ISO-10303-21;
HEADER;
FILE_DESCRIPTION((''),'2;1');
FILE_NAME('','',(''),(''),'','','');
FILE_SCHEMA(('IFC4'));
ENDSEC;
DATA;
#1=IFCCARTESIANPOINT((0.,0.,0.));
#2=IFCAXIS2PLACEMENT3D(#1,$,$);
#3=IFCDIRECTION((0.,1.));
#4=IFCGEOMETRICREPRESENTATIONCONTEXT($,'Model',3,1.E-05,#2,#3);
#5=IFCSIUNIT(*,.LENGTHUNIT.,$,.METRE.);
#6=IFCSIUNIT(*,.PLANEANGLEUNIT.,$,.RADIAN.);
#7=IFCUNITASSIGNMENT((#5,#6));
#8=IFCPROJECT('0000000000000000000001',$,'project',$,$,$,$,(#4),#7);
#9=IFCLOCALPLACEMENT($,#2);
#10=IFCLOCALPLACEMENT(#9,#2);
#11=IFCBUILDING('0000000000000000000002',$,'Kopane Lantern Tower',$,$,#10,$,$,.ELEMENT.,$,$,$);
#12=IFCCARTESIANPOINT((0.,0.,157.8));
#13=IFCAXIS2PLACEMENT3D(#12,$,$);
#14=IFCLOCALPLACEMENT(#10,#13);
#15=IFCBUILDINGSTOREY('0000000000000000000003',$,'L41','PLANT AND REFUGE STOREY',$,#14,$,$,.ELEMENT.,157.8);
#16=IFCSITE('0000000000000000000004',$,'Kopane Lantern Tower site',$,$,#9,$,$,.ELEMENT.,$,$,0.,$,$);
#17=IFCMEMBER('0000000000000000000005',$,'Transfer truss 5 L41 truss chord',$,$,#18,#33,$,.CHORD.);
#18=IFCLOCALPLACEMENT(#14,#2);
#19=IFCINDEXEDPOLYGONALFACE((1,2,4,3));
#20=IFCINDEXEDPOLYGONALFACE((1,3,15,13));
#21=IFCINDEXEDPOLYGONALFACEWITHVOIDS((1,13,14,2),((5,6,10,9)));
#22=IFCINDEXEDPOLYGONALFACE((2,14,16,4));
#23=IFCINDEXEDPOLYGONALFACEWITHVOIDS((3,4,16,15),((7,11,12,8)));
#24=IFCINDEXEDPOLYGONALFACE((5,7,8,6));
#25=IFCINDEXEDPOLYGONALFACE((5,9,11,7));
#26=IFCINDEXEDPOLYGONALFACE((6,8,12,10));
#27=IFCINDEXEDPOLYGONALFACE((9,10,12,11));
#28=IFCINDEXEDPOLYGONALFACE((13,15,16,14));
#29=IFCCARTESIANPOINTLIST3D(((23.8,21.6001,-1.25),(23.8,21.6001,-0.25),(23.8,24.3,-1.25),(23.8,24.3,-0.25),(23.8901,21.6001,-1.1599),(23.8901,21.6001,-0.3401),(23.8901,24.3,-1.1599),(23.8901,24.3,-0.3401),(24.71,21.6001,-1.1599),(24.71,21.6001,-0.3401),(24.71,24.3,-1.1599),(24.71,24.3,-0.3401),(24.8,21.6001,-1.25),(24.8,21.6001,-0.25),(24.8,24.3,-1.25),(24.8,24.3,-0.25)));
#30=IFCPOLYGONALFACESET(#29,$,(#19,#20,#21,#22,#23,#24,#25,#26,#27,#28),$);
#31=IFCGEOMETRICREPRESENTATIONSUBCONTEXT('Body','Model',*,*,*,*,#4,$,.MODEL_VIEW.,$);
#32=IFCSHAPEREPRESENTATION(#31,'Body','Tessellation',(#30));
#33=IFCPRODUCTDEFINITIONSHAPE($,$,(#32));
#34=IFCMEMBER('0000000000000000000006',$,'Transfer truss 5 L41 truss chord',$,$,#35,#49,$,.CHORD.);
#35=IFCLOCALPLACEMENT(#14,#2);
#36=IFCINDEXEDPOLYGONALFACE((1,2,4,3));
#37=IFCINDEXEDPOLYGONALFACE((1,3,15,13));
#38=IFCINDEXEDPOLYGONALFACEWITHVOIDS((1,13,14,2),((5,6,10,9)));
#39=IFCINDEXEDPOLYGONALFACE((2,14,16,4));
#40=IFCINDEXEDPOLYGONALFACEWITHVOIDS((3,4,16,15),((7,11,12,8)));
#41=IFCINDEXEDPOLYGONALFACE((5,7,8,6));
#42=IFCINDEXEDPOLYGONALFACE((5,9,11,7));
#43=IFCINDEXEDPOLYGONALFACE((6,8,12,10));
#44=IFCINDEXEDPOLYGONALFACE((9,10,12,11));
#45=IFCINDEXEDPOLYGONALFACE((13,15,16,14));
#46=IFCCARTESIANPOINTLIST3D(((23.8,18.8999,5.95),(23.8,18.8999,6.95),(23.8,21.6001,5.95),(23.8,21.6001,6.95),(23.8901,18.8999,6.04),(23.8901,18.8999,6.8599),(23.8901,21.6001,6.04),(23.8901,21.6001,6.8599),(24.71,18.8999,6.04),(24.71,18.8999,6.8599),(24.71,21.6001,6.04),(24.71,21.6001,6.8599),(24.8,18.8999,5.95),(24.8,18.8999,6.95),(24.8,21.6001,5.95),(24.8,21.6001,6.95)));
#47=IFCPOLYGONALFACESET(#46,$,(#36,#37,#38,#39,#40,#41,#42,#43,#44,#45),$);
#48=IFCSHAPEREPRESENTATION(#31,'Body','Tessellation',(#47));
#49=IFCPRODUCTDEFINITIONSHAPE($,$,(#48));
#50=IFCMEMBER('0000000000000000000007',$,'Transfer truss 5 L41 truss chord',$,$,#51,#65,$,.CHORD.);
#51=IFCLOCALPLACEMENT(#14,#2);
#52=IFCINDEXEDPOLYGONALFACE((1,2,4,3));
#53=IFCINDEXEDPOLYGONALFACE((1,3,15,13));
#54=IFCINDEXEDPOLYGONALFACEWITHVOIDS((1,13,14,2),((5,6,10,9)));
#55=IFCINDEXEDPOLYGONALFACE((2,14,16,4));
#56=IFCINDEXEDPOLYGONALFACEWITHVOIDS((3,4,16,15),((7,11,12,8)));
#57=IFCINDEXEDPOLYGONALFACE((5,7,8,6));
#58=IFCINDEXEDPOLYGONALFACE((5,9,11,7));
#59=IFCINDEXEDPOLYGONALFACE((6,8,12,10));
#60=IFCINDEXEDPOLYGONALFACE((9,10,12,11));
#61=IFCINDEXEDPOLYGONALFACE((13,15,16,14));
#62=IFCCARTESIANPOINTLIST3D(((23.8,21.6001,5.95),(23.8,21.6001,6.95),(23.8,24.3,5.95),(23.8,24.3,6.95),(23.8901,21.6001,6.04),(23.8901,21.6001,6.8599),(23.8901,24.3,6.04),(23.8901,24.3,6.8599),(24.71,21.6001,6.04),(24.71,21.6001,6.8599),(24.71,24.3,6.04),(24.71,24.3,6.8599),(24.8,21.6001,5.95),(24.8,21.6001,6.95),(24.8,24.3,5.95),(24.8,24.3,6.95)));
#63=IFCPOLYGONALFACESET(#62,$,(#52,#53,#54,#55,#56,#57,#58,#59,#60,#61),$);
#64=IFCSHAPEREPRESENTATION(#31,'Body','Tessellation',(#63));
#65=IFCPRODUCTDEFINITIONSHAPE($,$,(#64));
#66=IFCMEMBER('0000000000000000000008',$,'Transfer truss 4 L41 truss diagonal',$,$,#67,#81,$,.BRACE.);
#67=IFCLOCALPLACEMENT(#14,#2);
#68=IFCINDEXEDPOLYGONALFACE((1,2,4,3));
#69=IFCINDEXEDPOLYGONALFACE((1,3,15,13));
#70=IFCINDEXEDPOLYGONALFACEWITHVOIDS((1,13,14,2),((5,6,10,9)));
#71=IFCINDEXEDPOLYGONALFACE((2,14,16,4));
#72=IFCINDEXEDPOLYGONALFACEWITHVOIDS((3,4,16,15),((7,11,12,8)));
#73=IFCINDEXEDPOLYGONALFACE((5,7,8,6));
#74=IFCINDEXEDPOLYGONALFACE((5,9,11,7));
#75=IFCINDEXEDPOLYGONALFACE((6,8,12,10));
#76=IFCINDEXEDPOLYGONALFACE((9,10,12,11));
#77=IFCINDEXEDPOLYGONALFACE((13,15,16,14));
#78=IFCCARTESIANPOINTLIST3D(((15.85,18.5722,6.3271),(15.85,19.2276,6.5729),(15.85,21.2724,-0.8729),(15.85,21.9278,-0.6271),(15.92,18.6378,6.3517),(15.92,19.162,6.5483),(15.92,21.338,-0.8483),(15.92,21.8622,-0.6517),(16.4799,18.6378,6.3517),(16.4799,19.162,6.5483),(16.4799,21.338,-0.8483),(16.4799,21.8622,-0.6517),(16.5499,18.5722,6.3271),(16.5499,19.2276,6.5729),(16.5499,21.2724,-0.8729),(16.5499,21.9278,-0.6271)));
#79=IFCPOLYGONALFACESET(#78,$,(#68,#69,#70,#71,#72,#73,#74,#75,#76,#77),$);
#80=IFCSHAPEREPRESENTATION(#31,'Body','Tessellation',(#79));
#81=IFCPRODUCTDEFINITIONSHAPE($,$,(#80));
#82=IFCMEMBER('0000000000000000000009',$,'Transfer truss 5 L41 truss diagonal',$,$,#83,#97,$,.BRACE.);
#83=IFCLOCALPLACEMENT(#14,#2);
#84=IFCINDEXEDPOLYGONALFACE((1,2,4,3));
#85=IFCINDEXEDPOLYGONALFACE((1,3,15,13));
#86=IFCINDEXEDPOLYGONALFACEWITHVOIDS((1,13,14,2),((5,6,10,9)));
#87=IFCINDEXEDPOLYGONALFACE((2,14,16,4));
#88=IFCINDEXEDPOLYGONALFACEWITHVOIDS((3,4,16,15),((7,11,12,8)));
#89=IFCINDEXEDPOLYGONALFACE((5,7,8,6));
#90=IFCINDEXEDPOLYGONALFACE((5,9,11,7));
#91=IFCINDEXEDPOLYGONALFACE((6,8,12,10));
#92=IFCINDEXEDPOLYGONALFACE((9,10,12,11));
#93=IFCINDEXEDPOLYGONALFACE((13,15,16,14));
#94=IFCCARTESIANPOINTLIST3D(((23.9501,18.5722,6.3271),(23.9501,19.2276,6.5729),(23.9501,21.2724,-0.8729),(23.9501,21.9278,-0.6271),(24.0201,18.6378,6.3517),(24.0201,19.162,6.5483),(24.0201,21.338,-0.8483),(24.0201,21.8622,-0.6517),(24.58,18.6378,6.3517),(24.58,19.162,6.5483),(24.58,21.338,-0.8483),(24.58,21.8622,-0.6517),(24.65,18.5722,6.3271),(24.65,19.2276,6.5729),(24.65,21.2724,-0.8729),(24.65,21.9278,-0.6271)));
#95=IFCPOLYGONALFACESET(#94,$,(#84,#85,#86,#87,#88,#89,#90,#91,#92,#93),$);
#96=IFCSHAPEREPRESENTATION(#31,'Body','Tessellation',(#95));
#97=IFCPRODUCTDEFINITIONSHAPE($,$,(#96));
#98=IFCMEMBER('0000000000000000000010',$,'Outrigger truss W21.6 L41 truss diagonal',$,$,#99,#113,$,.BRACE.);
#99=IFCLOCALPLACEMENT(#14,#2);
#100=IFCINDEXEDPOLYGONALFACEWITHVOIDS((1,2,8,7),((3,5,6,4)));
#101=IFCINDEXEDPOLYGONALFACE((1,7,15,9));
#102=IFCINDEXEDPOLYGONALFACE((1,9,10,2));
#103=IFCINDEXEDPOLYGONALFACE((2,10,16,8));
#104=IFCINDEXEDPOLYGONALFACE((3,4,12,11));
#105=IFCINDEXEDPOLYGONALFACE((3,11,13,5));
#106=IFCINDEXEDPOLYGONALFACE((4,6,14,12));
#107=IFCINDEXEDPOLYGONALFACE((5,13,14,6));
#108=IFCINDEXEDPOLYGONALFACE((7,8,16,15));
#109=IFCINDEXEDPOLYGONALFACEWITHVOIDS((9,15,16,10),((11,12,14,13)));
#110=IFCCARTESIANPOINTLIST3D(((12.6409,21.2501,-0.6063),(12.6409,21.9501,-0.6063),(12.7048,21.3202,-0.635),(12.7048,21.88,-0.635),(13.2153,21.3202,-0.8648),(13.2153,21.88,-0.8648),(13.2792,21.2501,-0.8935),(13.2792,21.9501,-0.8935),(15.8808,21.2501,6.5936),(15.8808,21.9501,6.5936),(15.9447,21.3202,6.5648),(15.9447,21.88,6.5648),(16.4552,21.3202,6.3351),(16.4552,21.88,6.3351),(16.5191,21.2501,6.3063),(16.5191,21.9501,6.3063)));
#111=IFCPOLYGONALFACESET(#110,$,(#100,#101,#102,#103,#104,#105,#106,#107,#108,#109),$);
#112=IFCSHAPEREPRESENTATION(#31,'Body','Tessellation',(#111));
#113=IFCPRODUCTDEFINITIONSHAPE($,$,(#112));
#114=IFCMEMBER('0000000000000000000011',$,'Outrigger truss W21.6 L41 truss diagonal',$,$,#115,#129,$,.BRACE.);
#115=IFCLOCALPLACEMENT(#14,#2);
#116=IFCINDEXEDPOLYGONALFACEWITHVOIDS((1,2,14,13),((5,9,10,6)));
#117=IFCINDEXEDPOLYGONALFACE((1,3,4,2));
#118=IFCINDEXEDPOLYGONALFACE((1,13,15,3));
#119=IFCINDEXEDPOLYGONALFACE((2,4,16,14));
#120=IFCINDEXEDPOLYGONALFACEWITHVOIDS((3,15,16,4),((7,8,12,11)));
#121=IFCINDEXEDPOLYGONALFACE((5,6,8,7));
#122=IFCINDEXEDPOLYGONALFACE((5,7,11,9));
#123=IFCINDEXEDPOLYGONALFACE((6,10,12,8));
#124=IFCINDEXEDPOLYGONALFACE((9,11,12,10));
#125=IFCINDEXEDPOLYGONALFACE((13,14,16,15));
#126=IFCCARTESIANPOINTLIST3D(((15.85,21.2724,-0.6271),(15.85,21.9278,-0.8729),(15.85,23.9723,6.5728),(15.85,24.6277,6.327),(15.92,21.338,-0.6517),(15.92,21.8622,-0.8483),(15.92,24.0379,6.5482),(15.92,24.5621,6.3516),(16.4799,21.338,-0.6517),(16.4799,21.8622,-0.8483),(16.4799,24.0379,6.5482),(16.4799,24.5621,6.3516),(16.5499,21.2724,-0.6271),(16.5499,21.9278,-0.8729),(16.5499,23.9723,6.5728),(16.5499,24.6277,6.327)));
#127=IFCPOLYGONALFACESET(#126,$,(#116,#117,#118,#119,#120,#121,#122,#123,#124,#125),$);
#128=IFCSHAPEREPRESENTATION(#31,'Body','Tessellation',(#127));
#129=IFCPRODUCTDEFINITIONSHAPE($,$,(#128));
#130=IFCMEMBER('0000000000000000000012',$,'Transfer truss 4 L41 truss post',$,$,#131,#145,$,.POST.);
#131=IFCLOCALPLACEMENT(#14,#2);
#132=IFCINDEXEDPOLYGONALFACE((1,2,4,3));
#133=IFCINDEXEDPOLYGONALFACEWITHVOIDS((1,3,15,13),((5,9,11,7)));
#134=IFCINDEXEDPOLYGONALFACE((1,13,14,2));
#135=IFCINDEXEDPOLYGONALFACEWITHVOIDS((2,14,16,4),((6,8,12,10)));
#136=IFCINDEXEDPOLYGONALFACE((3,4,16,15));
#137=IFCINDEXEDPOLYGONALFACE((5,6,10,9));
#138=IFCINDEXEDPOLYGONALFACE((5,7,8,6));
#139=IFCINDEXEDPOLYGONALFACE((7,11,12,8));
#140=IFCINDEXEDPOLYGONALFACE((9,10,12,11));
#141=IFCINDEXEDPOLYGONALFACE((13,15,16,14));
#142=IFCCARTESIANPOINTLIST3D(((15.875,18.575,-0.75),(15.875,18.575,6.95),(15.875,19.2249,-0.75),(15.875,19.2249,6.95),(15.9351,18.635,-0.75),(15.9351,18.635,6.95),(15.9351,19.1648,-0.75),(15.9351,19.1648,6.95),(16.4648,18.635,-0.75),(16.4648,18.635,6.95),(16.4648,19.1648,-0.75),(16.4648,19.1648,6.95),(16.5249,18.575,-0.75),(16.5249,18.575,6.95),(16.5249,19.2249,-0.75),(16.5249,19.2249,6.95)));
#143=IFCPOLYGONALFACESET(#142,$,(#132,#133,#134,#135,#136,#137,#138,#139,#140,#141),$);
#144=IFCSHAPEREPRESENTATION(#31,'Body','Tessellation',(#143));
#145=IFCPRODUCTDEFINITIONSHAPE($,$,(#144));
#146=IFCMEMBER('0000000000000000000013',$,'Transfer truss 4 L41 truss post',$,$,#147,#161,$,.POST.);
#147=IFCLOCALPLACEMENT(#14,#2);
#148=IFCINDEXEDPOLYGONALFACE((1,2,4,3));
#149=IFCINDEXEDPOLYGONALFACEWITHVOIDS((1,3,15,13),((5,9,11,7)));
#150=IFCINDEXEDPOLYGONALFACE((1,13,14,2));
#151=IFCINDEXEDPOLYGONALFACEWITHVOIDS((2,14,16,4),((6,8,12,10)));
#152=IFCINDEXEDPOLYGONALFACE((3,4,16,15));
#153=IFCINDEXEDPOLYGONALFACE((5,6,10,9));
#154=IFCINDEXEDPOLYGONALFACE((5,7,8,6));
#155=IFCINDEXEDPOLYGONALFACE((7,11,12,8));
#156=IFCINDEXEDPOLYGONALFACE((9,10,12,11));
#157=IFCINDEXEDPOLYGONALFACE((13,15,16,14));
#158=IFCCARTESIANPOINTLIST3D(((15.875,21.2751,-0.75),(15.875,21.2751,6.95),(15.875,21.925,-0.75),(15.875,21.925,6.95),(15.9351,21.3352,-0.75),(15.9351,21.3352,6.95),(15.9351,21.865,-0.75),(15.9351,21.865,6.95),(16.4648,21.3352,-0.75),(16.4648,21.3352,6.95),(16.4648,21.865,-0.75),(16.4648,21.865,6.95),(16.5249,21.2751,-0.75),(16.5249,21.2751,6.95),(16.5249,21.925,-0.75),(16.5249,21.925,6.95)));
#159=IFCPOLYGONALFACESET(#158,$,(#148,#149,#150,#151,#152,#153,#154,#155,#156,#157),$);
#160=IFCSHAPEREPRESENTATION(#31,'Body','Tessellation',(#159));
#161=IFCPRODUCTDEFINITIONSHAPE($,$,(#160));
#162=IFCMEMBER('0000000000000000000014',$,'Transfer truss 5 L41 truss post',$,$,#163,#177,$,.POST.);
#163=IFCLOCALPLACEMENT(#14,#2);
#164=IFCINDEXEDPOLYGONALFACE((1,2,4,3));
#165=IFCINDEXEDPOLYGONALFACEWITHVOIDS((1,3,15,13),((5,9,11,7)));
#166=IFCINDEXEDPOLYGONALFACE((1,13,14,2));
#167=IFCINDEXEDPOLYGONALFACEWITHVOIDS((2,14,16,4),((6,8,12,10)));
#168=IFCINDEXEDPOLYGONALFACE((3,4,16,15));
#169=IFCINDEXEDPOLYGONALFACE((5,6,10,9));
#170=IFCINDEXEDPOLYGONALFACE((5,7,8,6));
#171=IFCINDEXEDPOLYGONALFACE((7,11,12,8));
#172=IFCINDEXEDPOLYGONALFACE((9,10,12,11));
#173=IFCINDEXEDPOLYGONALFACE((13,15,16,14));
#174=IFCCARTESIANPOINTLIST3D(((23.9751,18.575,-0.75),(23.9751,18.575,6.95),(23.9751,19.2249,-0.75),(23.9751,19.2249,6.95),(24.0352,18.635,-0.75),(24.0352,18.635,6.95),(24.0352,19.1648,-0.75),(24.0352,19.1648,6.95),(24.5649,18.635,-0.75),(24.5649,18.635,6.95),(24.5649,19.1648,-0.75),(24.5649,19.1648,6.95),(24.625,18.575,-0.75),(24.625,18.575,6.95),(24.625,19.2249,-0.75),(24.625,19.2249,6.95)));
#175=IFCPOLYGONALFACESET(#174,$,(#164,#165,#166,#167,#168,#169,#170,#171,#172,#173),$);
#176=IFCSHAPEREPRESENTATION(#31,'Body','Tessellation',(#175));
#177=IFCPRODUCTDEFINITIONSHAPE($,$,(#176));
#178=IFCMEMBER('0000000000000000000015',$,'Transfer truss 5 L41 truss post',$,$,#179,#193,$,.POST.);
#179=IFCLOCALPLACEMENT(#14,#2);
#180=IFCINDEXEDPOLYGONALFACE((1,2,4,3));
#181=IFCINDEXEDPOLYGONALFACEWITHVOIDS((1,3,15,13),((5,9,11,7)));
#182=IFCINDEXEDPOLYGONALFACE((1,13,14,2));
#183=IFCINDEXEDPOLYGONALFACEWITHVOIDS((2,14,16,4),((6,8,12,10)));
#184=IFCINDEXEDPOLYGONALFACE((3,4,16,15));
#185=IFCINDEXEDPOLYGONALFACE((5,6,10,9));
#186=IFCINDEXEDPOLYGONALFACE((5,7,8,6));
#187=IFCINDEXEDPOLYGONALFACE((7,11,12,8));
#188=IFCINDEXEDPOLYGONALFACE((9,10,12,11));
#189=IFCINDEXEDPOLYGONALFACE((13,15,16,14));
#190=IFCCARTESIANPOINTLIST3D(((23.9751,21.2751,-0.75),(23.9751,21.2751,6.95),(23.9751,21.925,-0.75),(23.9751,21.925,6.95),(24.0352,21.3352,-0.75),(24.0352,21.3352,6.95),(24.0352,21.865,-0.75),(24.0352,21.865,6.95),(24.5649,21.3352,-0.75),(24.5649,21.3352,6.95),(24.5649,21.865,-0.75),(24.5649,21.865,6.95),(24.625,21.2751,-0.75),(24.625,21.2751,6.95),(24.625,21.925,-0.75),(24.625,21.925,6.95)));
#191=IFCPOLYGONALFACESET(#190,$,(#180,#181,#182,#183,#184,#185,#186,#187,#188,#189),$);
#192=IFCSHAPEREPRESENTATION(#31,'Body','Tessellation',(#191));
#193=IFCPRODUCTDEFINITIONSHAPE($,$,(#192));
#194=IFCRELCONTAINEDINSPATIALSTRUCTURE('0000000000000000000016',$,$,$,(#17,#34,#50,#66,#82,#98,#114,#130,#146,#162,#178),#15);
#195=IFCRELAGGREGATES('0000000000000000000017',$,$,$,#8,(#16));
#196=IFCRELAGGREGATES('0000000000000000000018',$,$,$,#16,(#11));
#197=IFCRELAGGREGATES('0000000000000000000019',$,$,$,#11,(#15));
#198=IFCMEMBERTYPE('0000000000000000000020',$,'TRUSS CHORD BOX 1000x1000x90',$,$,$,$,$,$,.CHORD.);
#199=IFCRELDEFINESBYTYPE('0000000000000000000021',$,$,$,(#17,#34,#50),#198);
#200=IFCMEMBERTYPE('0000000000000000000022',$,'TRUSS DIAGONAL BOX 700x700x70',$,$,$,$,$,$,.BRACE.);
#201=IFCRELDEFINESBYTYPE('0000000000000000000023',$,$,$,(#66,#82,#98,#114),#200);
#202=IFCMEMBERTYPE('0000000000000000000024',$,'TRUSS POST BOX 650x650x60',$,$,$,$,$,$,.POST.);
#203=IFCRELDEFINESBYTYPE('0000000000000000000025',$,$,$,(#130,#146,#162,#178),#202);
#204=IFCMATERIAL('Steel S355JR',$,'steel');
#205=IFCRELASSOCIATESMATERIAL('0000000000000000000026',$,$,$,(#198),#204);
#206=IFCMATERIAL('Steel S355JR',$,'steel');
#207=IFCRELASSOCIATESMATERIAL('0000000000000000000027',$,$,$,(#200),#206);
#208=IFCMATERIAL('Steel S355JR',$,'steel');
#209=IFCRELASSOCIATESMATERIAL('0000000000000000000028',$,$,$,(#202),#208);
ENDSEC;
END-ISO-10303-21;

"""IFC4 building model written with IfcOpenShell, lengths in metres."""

from ifc_helpers import new_model, si_unit, direction, frame, origin, origin_2d, place, context, subcontext, project, spatial, hollow_rectangle, extrude, material, material_profile, profile_set, type_object, element, save


model = new_model("IFC4")

# Units and contexts
model_context = context("Model", 3, precision=1e-05, world=origin(), true_north=direction((0.0, 1.0)))
body_context = subcontext(model_context, "Body", "Model", "MODEL_VIEW")
ifc_project = project(units=[si_unit("LENGTHUNIT", "METRE"), si_unit("PLANEANGLEUNIT", "RADIAN")], contexts=[model_context])

# Site, building, storey
site_placement = place(None, origin())
site = spatial("IfcSite", under=ifc_project, at=site_placement, Name="Kopane Lantern Tower site", CompositionType="ELEMENT", RefElevation=0.0)
building_placement = place(site_placement, origin())
building = spatial("IfcBuilding", under=site, at=building_placement, Name="Kopane Lantern Tower", CompositionType="ELEMENT")
storey_placement = place(building_placement, frame((0.0, 0.0, 157.8)))
storey = spatial("IfcBuildingStorey", under=building, at=storey_placement, Name="L41", Description="PLANT AND REFUGE STOREY", CompositionType="ELEMENT", Elevation=157.8)

# Members
ifc_material_1 = material(Name="Steel S355JR", Category="steel")
ifc_material_profile_1 = material_profile(ifc_material_1, hollow_rectangle(XDim=1.0, YDim=1.0, WallThickness=0.0901, at=origin_2d()), Name="BOX 1000x1000x90")
ifc_profile_set_1 = profile_set([ifc_material_profile_1], Name="Steel S355JR")
member_type_1 = type_object("IfcMemberType", Name="TRUSS CHORD BOX 1000x1000x90", PredefinedType="CHORD", material=ifc_profile_set_1)
member_1_placement = place(storey_placement, frame((24.3, 21.6001, -0.75), z_axis=(0.0, 1.0, 0.0), x_axis=(-1.0, 0.0, 0.0)))
element("IfcMember", 1, at=member_1_placement, inside=storey, type_object=member_type_1, Name="Transfer truss 5 L41 truss chord", PredefinedType="CHORD", context=body_context, shape_type="SweptSolid", body=[
    extrude(hollow_rectangle(XDim=1.0, YDim=1.0, WallThickness=0.0901, at=origin_2d()), origin(), (0.0, 0.0, 1.0), 2.7),
])
member_2_placement = place(storey_placement, frame((24.3, 18.8999, 6.45), z_axis=(0.0, 1.0, 0.0), x_axis=(-1.0, 0.0, 0.0)))
element("IfcMember", 2, at=member_2_placement, inside=storey, type_object=member_type_1, Name="Transfer truss 5 L41 truss chord", PredefinedType="CHORD", context=body_context, shape_type="SweptSolid", body=[
    extrude(hollow_rectangle(XDim=1.0, YDim=1.0, WallThickness=0.0901, at=origin_2d()), origin(), (0.0, 0.0, 1.0), 2.7002),
])
member_3_placement = place(storey_placement, frame((24.3, 21.6001, 6.45), z_axis=(0.0, 1.0, 0.0), x_axis=(-1.0, 0.0, 0.0)))
element("IfcMember", 3, at=member_3_placement, inside=storey, type_object=member_type_1, Name="Transfer truss 5 L41 truss chord", PredefinedType="CHORD", context=body_context, shape_type="SweptSolid", body=[
    extrude(hollow_rectangle(XDim=1.0, YDim=1.0, WallThickness=0.0901, at=origin_2d()), origin(), (0.0, 0.0, 1.0), 2.7),
])
ifc_material_2 = material(Name="Steel S355JR", Category="steel")
ifc_material_profile_2 = material_profile(ifc_material_2, hollow_rectangle(XDim=0.7, YDim=0.7, WallThickness=0.0701, at=origin_2d()), Name="BOX 700x700x70")
ifc_profile_set_2 = profile_set([ifc_material_profile_2], Name="Steel S355JR")
member_type_2 = type_object("IfcMemberType", Name="TRUSS DIAGONAL BOX 700x700x70", PredefinedType="BRACE", material=ifc_profile_set_2)
for number, where, z_axis, x_axis, name in (
    (4, (16.2, 21.6001, -0.75), (0.0, -0.351148, 0.93632), (1.0, 0.0, 0.0), "Transfer truss 4 L41 truss diagonal"),
    (5, (24.3, 21.6001, -0.75), (0.0, -0.351148, 0.93632), (1.0, 0.0, 0.0), "Transfer truss 5 L41 truss diagonal"),
):
    element("IfcMember", number, at=place(storey_placement, frame(where, z_axis=z_axis, x_axis=x_axis)), inside=storey, type_object=member_type_2, Name=name, PredefinedType="BRACE", context=body_context, shape_type="SweptSolid", body=[
        extrude(hollow_rectangle(XDim=0.7, YDim=0.7, WallThickness=0.0701, at=origin_2d()), origin(), (0.0, 0.0, 1.0), 7.6897),
    ])
member_4_placement = place(storey_placement, frame((16.2, 21.6001, 6.45), z_axis=(-0.410366, 0.0, -0.911921), x_axis=(0.0, -1.0, 0.0)))
element("IfcMember", 6, at=member_4_placement, inside=storey, type_object=member_type_2, Name="Outrigger truss W21.6 L41 truss diagonal", PredefinedType="BRACE", context=body_context, shape_type="SweptSolid", body=[
    extrude(hollow_rectangle(XDim=0.7, YDim=0.7, WallThickness=0.0701, at=origin_2d()), origin(), (0.0, 0.0, 1.0), 7.8953),
])
member_5_placement = place(storey_placement, frame((16.2, 21.6001, -0.75), z_axis=(0.0, 0.35112, 0.93633), x_axis=(-1.0, 0.0, 0.0)))
element("IfcMember", 7, at=member_5_placement, inside=storey, type_object=member_type_2, Name="Outrigger truss W21.6 L41 truss diagonal", PredefinedType="BRACE", context=body_context, shape_type="SweptSolid", body=[
    extrude(hollow_rectangle(XDim=0.7, YDim=0.7, WallThickness=0.0701, at=origin_2d()), origin(), (0.0, 0.0, 1.0), 7.6895),
])
ifc_material_3 = material(Name="Steel S355JR", Category="steel")
ifc_material_profile_3 = material_profile(ifc_material_3, hollow_rectangle(XDim=0.6499, YDim=0.6499, WallThickness=0.0601, at=origin_2d()), Name="BOX 650x650x60")
ifc_profile_set_3 = profile_set([ifc_material_profile_3], Name="Steel S355JR")
member_type_3 = type_object("IfcMemberType", Name="TRUSS POST BOX 650x650x60", PredefinedType="POST", material=ifc_profile_set_3)
for number, where, z_axis, x_axis, name in (
    (8, (16.2, 18.8999, -0.75), (0.0, 0.0, 1.0), (1.0, 0.0, 0.0), "Transfer truss 4 L41 truss post"),
    (9, (16.2, 21.6001, -0.75), (0.0, 0.0, 1.0), (1.0, 0.0, 0.0), "Transfer truss 4 L41 truss post"),
    (10, (24.3, 18.8999, -0.75), (0.0, 0.0, 1.0), (1.0, 0.0, 0.0), "Transfer truss 5 L41 truss post"),
    (11, (24.3, 21.6001, -0.75), (0.0, 0.0, 1.0), (1.0, 0.0, 0.0), "Transfer truss 5 L41 truss post"),
):
    element("IfcMember", number, at=place(storey_placement, frame(where, z_axis=z_axis, x_axis=x_axis)), inside=storey, type_object=member_type_3, Name=name, PredefinedType="POST", context=body_context, shape_type="SweptSolid", body=[
        extrude(hollow_rectangle(XDim=0.6499, YDim=0.6499, WallThickness=0.0601, at=origin_2d()), origin(), (0.0, 0.0, 1.0), 7.7),
    ])

save(model, "model.ifc")
